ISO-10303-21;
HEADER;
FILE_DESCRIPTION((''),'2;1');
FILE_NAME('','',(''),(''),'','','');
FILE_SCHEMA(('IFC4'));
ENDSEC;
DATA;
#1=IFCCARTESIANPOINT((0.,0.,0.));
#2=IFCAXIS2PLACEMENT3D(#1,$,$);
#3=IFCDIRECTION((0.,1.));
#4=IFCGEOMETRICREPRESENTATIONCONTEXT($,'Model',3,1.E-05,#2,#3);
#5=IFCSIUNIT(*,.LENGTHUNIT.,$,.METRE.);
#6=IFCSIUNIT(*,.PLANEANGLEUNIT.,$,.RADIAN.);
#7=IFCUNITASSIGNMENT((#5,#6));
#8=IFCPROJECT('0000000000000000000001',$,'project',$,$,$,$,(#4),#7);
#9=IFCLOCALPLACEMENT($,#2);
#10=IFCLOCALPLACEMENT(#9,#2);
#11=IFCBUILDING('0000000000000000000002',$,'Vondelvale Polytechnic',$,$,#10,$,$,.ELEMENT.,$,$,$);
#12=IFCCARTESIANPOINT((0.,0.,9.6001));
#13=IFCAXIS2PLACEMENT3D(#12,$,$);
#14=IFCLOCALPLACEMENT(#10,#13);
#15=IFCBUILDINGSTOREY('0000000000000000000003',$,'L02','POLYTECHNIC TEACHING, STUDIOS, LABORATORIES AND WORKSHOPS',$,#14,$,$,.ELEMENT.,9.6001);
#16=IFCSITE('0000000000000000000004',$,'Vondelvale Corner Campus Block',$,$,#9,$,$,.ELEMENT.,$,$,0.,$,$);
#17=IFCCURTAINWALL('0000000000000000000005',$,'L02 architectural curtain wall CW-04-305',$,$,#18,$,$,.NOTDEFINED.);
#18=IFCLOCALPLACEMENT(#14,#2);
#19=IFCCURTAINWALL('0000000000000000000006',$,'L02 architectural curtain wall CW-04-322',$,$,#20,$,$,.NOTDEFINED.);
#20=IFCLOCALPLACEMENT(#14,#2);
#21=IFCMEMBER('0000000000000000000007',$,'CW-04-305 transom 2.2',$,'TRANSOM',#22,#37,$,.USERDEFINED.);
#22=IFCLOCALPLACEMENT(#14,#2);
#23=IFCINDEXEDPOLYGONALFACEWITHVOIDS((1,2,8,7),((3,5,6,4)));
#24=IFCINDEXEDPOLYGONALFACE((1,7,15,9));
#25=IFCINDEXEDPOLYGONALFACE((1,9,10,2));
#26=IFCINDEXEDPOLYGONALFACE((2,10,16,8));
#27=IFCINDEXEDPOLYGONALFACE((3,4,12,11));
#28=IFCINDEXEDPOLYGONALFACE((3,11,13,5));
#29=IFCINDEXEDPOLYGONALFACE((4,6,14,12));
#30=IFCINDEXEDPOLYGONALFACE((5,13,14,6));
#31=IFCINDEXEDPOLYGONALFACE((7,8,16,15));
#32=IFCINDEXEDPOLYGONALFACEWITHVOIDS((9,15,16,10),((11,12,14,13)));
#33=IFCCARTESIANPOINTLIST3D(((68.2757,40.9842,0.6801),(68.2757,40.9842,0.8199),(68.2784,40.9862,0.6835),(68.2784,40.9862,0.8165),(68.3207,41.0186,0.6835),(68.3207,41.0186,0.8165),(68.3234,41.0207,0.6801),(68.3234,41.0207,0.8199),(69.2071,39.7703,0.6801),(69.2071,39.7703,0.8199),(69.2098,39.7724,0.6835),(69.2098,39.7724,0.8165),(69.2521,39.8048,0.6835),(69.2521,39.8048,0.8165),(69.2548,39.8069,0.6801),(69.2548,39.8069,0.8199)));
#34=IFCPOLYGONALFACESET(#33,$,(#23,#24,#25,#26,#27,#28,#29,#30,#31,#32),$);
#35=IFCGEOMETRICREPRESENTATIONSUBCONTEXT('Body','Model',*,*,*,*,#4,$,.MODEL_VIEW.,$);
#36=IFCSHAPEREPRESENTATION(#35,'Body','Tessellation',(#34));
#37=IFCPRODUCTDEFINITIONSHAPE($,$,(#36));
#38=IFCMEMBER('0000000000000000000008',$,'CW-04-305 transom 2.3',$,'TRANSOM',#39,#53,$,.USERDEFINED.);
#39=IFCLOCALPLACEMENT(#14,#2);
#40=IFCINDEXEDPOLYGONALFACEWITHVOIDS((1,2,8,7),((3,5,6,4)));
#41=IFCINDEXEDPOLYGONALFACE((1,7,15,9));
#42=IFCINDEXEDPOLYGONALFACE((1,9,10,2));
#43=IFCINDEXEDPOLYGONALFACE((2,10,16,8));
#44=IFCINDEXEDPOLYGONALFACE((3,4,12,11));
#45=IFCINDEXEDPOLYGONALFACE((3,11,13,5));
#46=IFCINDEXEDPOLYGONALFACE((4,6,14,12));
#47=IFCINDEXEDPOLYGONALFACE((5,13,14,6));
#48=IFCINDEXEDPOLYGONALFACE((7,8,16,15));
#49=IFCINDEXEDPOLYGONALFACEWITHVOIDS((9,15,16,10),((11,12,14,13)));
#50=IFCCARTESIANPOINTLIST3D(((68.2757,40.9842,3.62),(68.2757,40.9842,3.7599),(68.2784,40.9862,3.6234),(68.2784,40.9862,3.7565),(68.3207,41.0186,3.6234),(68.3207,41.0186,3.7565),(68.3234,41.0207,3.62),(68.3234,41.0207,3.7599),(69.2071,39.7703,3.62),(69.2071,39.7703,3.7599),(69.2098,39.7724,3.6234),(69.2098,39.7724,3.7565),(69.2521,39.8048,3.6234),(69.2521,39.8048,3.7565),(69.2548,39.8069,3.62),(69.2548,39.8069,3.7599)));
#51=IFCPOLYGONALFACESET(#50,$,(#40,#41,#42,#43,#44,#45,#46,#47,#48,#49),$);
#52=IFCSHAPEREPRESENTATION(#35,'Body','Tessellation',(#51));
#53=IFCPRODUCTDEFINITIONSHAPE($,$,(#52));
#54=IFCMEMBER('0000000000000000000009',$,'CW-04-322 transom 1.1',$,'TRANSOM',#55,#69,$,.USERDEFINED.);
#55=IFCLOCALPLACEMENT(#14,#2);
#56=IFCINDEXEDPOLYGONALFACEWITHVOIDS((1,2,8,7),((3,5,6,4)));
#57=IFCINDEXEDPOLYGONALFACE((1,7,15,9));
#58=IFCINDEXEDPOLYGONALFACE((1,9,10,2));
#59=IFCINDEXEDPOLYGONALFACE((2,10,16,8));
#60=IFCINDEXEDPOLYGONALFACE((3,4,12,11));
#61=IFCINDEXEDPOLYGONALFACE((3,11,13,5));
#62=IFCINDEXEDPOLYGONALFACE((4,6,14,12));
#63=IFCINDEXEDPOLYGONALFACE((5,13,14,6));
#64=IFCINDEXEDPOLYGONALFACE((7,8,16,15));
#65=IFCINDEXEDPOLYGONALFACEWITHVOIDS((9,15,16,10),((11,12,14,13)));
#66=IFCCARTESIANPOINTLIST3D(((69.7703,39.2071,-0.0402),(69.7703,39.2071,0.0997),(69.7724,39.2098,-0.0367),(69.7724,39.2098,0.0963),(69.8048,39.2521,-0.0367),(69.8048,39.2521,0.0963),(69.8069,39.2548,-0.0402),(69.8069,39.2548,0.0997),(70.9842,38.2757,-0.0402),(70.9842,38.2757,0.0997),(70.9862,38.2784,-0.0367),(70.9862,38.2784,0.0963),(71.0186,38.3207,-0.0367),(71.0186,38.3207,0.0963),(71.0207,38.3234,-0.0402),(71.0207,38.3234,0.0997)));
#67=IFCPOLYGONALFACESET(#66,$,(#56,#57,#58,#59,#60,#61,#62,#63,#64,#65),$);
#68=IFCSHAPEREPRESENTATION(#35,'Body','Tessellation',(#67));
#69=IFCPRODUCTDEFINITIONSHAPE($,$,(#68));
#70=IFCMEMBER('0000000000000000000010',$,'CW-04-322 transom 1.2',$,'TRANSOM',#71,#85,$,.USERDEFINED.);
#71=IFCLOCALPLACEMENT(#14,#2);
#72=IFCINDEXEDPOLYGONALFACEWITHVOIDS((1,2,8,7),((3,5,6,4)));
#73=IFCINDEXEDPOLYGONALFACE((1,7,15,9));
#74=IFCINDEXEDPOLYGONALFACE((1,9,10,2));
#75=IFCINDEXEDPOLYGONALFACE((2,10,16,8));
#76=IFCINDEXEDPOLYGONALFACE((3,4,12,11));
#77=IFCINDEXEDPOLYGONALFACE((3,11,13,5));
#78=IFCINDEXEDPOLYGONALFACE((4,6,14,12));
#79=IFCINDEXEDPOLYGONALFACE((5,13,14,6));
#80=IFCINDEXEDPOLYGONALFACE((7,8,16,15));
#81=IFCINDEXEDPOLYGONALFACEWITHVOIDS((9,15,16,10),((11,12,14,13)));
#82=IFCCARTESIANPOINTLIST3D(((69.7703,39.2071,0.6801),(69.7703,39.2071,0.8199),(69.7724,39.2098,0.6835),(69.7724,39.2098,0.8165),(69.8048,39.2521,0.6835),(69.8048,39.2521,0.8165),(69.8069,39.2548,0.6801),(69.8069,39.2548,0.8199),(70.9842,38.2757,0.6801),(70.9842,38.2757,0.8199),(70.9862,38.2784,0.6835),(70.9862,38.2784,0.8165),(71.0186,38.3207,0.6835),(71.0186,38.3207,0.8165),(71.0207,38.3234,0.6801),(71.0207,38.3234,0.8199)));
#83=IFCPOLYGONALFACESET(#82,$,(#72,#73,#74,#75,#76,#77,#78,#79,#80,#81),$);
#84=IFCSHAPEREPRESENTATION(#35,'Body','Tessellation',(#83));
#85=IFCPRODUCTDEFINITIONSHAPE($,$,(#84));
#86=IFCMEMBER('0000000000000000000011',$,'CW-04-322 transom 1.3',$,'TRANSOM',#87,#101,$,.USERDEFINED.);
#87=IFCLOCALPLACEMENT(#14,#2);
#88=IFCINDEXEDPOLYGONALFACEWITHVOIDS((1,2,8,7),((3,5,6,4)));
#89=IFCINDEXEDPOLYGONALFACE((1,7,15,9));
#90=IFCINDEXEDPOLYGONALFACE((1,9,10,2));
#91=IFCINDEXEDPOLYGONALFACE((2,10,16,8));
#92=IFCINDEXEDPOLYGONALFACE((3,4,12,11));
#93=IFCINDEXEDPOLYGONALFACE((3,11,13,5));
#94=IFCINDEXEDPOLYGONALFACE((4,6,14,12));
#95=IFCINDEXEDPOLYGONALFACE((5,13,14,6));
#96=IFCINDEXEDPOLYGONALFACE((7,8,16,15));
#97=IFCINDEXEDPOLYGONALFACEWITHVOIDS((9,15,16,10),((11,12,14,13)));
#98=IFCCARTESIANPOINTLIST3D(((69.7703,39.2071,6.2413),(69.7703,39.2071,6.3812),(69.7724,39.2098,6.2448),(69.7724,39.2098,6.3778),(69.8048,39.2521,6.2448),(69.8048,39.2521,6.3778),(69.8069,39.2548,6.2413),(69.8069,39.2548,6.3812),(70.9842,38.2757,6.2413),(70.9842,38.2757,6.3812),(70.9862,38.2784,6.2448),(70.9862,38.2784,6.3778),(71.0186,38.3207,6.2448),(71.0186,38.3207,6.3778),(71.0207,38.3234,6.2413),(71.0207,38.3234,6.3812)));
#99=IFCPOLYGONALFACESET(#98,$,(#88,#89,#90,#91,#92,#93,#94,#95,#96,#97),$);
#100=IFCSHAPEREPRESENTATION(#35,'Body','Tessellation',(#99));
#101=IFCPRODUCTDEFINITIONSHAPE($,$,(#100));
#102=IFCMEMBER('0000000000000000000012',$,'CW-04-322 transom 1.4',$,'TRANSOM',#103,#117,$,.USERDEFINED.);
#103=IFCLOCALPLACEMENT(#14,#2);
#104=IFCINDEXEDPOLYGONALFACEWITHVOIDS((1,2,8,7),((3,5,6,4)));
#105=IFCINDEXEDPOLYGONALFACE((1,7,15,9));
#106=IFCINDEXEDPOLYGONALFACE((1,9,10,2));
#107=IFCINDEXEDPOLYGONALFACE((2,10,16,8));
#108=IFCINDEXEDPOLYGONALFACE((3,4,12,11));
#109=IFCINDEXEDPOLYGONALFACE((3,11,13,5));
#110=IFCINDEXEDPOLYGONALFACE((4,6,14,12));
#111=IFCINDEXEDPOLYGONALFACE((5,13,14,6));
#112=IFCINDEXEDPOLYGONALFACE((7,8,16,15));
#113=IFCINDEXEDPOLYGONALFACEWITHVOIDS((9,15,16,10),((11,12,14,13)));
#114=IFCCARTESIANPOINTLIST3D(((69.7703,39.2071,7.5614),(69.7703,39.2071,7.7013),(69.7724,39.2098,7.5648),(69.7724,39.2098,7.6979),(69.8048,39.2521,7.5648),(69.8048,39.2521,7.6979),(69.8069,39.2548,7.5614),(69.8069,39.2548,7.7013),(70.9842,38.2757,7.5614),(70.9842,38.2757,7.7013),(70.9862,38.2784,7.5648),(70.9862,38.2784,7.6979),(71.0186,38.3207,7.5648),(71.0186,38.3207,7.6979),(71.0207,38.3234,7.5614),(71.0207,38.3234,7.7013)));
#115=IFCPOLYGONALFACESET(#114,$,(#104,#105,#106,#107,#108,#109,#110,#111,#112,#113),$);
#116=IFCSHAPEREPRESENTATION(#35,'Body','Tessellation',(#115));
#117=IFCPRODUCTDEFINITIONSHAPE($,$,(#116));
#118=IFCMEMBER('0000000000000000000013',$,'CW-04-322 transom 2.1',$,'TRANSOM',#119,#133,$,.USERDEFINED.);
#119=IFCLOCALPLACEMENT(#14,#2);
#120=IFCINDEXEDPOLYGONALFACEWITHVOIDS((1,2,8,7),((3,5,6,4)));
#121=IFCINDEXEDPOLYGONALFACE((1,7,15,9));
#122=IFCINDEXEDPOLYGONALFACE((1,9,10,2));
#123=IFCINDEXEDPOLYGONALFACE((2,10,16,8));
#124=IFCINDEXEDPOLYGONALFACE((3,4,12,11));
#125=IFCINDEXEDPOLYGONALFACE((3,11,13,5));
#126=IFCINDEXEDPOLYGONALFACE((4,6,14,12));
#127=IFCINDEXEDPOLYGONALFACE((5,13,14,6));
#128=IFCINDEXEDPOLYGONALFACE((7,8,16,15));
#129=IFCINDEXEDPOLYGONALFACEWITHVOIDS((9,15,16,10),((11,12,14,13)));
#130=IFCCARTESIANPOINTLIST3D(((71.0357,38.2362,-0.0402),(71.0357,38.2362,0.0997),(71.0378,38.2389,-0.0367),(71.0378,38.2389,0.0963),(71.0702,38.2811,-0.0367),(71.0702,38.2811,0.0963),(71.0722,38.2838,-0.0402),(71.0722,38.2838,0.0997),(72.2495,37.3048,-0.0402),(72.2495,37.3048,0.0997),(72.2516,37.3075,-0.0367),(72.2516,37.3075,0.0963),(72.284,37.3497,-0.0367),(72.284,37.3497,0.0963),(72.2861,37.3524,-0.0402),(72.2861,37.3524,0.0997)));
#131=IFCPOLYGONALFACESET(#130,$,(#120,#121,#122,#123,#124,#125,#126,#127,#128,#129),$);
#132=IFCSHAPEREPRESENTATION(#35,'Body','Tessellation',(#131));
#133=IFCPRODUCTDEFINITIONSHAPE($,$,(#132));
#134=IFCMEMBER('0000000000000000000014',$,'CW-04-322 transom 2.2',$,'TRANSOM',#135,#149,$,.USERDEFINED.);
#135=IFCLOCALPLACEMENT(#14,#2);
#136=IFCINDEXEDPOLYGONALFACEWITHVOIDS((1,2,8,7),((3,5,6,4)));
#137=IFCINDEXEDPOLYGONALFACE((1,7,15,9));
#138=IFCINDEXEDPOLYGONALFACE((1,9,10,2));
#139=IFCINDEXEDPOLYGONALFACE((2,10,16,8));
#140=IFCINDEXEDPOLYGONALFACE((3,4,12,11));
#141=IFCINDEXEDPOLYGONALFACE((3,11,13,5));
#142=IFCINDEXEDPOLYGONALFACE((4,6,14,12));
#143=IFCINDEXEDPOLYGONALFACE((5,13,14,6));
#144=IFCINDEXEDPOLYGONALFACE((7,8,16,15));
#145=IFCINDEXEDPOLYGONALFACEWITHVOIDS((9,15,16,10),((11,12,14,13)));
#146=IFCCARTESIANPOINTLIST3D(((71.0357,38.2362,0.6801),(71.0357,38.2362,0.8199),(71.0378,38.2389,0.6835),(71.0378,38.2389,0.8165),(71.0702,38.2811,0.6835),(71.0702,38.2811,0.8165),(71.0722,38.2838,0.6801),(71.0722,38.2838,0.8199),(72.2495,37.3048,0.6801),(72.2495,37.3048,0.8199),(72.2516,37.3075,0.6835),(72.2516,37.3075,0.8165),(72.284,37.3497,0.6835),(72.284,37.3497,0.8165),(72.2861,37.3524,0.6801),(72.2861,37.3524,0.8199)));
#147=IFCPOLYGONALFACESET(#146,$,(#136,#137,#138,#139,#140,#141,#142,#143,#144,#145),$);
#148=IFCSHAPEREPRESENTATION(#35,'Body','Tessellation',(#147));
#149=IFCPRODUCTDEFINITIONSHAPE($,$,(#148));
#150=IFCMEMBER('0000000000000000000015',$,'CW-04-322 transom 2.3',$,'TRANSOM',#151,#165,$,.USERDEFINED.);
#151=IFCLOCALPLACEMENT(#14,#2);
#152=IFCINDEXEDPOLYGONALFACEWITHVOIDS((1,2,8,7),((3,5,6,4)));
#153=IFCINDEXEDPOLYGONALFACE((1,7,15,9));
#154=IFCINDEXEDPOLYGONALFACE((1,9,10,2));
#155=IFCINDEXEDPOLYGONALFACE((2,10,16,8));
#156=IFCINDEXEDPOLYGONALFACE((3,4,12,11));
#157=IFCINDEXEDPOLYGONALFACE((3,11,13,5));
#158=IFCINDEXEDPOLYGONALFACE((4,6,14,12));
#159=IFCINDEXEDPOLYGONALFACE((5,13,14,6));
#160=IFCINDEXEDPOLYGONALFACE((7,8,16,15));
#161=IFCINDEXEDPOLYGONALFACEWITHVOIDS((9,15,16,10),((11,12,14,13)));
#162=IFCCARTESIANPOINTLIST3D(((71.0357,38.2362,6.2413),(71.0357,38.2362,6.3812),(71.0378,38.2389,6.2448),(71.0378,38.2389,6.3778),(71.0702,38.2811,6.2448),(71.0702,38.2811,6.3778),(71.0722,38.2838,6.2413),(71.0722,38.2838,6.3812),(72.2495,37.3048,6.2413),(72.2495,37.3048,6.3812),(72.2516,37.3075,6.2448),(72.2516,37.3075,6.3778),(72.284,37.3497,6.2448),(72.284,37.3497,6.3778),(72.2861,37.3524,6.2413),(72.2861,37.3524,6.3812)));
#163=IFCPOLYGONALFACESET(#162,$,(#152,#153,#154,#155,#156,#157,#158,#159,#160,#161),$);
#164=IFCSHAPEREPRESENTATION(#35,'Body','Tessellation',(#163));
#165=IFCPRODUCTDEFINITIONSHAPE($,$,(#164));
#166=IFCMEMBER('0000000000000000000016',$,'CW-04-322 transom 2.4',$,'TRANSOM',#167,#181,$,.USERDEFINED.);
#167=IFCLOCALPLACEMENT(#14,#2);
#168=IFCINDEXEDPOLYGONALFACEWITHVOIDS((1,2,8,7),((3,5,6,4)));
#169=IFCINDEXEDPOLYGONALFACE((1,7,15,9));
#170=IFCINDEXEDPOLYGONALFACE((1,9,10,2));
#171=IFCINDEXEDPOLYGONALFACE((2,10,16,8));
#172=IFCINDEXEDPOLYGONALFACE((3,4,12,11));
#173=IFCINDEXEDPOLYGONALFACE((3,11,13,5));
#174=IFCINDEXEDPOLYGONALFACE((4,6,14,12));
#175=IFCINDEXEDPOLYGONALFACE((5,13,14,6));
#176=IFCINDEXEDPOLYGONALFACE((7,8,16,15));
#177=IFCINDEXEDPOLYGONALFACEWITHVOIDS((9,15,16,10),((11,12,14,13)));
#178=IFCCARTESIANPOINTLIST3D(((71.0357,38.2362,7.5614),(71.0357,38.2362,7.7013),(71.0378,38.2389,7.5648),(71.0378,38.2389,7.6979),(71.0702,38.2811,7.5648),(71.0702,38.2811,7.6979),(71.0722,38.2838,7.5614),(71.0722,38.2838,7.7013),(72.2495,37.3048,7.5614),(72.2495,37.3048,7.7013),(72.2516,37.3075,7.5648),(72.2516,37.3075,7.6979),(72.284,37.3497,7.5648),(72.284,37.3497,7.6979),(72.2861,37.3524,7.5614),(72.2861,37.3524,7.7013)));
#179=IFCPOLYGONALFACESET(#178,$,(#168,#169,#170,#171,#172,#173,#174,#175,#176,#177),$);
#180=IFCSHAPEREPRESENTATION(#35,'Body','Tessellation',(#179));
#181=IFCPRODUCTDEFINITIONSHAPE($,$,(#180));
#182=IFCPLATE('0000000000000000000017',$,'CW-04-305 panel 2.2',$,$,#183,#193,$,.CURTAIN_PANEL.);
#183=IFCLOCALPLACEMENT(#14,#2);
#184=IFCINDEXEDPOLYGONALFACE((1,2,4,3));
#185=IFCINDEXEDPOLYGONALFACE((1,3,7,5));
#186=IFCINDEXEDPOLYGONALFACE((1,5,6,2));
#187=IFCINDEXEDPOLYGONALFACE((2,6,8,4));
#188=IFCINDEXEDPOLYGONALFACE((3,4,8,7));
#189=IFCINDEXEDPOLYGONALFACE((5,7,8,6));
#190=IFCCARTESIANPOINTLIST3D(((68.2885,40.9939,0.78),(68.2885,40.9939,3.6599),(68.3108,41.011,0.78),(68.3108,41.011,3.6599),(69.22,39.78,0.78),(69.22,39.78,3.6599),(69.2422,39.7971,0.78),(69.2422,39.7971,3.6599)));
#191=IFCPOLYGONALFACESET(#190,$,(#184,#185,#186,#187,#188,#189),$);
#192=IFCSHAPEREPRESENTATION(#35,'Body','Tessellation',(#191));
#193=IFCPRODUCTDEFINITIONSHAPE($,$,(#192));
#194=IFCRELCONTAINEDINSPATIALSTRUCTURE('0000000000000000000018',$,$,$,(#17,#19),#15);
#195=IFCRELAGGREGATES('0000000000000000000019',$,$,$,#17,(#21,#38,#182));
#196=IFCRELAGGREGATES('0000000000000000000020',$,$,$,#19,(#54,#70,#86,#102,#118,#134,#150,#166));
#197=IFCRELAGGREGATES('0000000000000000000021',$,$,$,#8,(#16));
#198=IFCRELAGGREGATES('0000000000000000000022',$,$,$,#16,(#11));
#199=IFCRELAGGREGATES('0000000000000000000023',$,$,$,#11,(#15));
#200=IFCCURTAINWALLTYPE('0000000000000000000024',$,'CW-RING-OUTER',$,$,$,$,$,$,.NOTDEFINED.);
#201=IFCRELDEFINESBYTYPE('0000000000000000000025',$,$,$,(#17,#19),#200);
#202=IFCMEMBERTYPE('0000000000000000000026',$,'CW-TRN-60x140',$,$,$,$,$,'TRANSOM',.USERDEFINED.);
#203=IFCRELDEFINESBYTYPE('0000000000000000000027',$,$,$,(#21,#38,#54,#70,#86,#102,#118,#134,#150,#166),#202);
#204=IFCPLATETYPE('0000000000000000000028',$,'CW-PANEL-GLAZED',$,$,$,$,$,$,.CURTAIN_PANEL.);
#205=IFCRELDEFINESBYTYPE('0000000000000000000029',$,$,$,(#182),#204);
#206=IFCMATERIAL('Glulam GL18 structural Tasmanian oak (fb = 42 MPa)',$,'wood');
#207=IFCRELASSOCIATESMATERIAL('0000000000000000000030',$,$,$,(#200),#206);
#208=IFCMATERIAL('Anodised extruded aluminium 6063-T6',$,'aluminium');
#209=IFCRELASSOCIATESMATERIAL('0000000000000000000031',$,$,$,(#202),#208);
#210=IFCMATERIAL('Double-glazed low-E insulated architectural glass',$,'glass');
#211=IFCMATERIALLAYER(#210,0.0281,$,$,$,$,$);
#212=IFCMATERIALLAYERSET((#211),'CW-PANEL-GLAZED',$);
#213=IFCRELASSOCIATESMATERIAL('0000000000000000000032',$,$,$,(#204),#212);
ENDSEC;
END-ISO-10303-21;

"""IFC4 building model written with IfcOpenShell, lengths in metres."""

from ifc_helpers import new_model, si_unit, direction, frame, origin, origin_2d, place, context, subcontext, project, spatial, rectangle, hollow_rectangle, extrude, material, layer, layer_set, material_profile, profile_set, type_object, element, aggregate, save


model = new_model("IFC4")

# Units and contexts
model_context = context("Model", 3, precision=1e-05, world=origin(), true_north=direction((0.0, 1.0)))
body_context = subcontext(model_context, "Body", "Model", "MODEL_VIEW")
ifc_project = project(units=[si_unit("LENGTHUNIT", "METRE"), si_unit("PLANEANGLEUNIT", "RADIAN")], contexts=[model_context])

# Site, building, storey
site_placement = place(None, origin())
site = spatial("IfcSite", under=ifc_project, at=site_placement, Name="Vondelvale Corner Campus Block", CompositionType="ELEMENT", RefElevation=0.0)
building_placement = place(site_placement, origin())
building = spatial("IfcBuilding", under=site, at=building_placement, Name="Vondelvale Polytechnic", CompositionType="ELEMENT")
storey_placement = place(building_placement, frame((0.0, 0.0, 9.6001)))
storey = spatial("IfcBuildingStorey", under=building, at=storey_placement, Name="L02", Description="POLYTECHNIC TEACHING, STUDIOS, LABORATORIES AND WORKSHOPS", CompositionType="ELEMENT", Elevation=9.6001)

# Curtain wall
ifc_material_1 = material(Name="Glulam GL18 structural Tasmanian oak (fb = 42 MPa)", Category="wood")
curtain_wall_type = type_object("IfcCurtainWallType", Name="CW-RING-OUTER", PredefinedType="NOTDEFINED", material=ifc_material_1)
curtain_wall_1_placement = place(storey_placement, origin())
curtain_wall_1 = element("IfcCurtainWall", 1, at=curtain_wall_1_placement, inside=storey, type_object=curtain_wall_type, Name="L02 architectural curtain wall CW-04-305", PredefinedType="NOTDEFINED")
ifc_material_2 = material(Name="Anodised extruded aluminium 6063-T6", Category="aluminium")

# Curtain wall
curtain_wall_2_placement = place(storey_placement, origin())
curtain_wall_2 = element("IfcCurtainWall", 2, at=curtain_wall_2_placement, inside=storey, type_object=curtain_wall_type, Name="L02 architectural curtain wall CW-04-322", PredefinedType="NOTDEFINED")

# Members
ifc_material_profile_1 = material_profile(ifc_material_2, hollow_rectangle(XDim=0.0601, YDim=0.1399, WallThickness=0.0034, at=origin_2d()), Name="CW-TRN-140x60")
ifc_profile_set_1 = profile_set([ifc_material_profile_1], Name="Anodised extruded aluminium 6063-T6")
member_type_1 = type_object("IfcMemberType", Name="CW-TRN-60x140", ElementType="TRANSOM", PredefinedType="USERDEFINED", material=ifc_profile_set_1)
member_1_placement = place(storey_placement, frame((68.2996, 41.0024, 0.75), z_axis=(0.608746, -0.793365, 0.0), x_axis=(0.793365, 0.608746, 0.0)))
member_1 = element("IfcMember", 3, at=member_1_placement, type_object=member_type_1, Name="CW-04-305 transom 2.2", ObjectType="TRANSOM", PredefinedType="USERDEFINED", context=body_context, shape_type="SweptSolid", body=[
    extrude(hollow_rectangle(XDim=0.0601, YDim=0.1399, WallThickness=0.0034, at=origin_2d()), origin(), (0.0, 0.0, 1.0), 1.53),
])
member_2_placement = place(storey_placement, frame((68.2996, 41.0024, 3.6899), z_axis=(0.608746, -0.793365, 0.0), x_axis=(0.793365, 0.608746, 0.0)))
member_2 = element("IfcMember", 4, at=member_2_placement, type_object=member_type_1, Name="CW-04-305 transom 2.3", ObjectType="TRANSOM", PredefinedType="USERDEFINED", context=body_context, shape_type="SweptSolid", body=[
    extrude(hollow_rectangle(XDim=0.0601, YDim=0.1399, WallThickness=0.0034, at=origin_2d()), origin(), (0.0, 0.0, 1.0), 1.53),
])
member_3_placement = place(storey_placement, frame((69.7886, 39.231, 0.0298), z_axis=(0.793365, -0.608746, 0.0), x_axis=(0.608746, 0.793365, 0.0)))
member_3 = element("IfcMember", 5, at=member_3_placement, type_object=member_type_1, Name="CW-04-322 transom 1.1", ObjectType="TRANSOM", PredefinedType="USERDEFINED", context=body_context, shape_type="SweptSolid", body=[
    extrude(hollow_rectangle(XDim=0.0601, YDim=0.1399, WallThickness=0.0034, at=origin_2d()), origin(), (0.0, 0.0, 1.0), 1.53),
])
member_4_placement = place(storey_placement, frame((69.7886, 39.231, 0.75), z_axis=(0.793365, -0.608746, 0.0), x_axis=(0.608746, 0.793365, 0.0)))
member_4 = element("IfcMember", 6, at=member_4_placement, type_object=member_type_1, Name="CW-04-322 transom 1.2", ObjectType="TRANSOM", PredefinedType="USERDEFINED", context=body_context, shape_type="SweptSolid", body=[
    extrude(hollow_rectangle(XDim=0.0601, YDim=0.1399, WallThickness=0.0034, at=origin_2d()), origin(), (0.0, 0.0, 1.0), 1.53),
])
member_5_placement = place(storey_placement, frame((69.7886, 39.231, 6.3113), z_axis=(0.793365, -0.608746, 0.0), x_axis=(0.608746, 0.793365, 0.0)))
member_5 = element("IfcMember", 7, at=member_5_placement, type_object=member_type_1, Name="CW-04-322 transom 1.3", ObjectType="TRANSOM", PredefinedType="USERDEFINED", context=body_context, shape_type="SweptSolid", body=[
    extrude(hollow_rectangle(XDim=0.0601, YDim=0.1399, WallThickness=0.0034, at=origin_2d()), origin(), (0.0, 0.0, 1.0), 1.53),
])
member_6_placement = place(storey_placement, frame((69.7886, 39.231, 7.6313), z_axis=(0.793365, -0.608746, 0.0), x_axis=(0.608746, 0.793365, 0.0)))
member_6 = element("IfcMember", 8, at=member_6_placement, type_object=member_type_1, Name="CW-04-322 transom 1.4", ObjectType="TRANSOM", PredefinedType="USERDEFINED", context=body_context, shape_type="SweptSolid", body=[
    extrude(hollow_rectangle(XDim=0.0601, YDim=0.1399, WallThickness=0.0034, at=origin_2d()), origin(), (0.0, 0.0, 1.0), 1.53),
])
member_7_placement = place(storey_placement, frame((71.054, 38.26, 0.0298), z_axis=(0.793365, -0.608746, 0.0), x_axis=(0.608746, 0.793365, 0.0)))
member_7 = element("IfcMember", 9, at=member_7_placement, type_object=member_type_1, Name="CW-04-322 transom 2.1", ObjectType="TRANSOM", PredefinedType="USERDEFINED", context=body_context, shape_type="SweptSolid", body=[
    extrude(hollow_rectangle(XDim=0.0601, YDim=0.1399, WallThickness=0.0034, at=origin_2d()), origin(), (0.0, 0.0, 1.0), 1.53),
])
member_8_placement = place(storey_placement, frame((71.054, 38.26, 0.75), z_axis=(0.793365, -0.608746, 0.0), x_axis=(0.608746, 0.793365, 0.0)))
member_8 = element("IfcMember", 10, at=member_8_placement, type_object=member_type_1, Name="CW-04-322 transom 2.2", ObjectType="TRANSOM", PredefinedType="USERDEFINED", context=body_context, shape_type="SweptSolid", body=[
    extrude(hollow_rectangle(XDim=0.0601, YDim=0.1399, WallThickness=0.0034, at=origin_2d()), origin(), (0.0, 0.0, 1.0), 1.53),
])
member_9_placement = place(storey_placement, frame((71.054, 38.26, 6.3113), z_axis=(0.793365, -0.608746, 0.0), x_axis=(0.608746, 0.793365, 0.0)))
member_9 = element("IfcMember", 11, at=member_9_placement, type_object=member_type_1, Name="CW-04-322 transom 2.3", ObjectType="TRANSOM", PredefinedType="USERDEFINED", context=body_context, shape_type="SweptSolid", body=[
    extrude(hollow_rectangle(XDim=0.0601, YDim=0.1399, WallThickness=0.0034, at=origin_2d()), origin(), (0.0, 0.0, 1.0), 1.53),
])
member_10_placement = place(storey_placement, frame((71.054, 38.26, 7.6313), z_axis=(0.793365, -0.608746, 0.0), x_axis=(0.608746, 0.793365, 0.0)))
member_10 = element("IfcMember", 12, at=member_10_placement, type_object=member_type_1, Name="CW-04-322 transom 2.4", ObjectType="TRANSOM", PredefinedType="USERDEFINED", context=body_context, shape_type="SweptSolid", body=[
    extrude(hollow_rectangle(XDim=0.0601, YDim=0.1399, WallThickness=0.0034, at=origin_2d()), origin(), (0.0, 0.0, 1.0), 1.53),
])

# Plate
ifc_material_3 = material(Name="Double-glazed low-E insulated architectural glass", Category="glass")
ifc_layer_1 = layer(ifc_material_3, 0.0281)
ifc_layer_set_1 = layer_set([ifc_layer_1], Name="CW-PANEL-GLAZED")
plate_type_1 = type_object("IfcPlateType", Name="CW-PANEL-GLAZED", PredefinedType="CURTAIN_PANEL", material=ifc_layer_set_1)
plate_1_placement = place(storey_placement, frame((68.7654, 40.3955, 0.78), z_axis=(0.0, 0.0, 1.0), x_axis=(0.608787, -0.793334, 0.0)))
plate_1 = element("IfcPlate", 13, at=plate_1_placement, type_object=plate_type_1, Name="CW-04-305 panel 2.2", PredefinedType="CURTAIN_PANEL", context=body_context, shape_type="SweptSolid", body=[
    extrude(rectangle(XDim=1.53, YDim=0.0281, at=origin_2d()), origin(), (0.0, 0.0, 1.0), 2.8799),
])
aggregate(curtain_wall_1, [member_1, member_2, plate_1])
aggregate(curtain_wall_2, [member_3, member_4, member_5, member_6, member_7, member_8, member_9, member_10])

save(model, "model.ifc")
